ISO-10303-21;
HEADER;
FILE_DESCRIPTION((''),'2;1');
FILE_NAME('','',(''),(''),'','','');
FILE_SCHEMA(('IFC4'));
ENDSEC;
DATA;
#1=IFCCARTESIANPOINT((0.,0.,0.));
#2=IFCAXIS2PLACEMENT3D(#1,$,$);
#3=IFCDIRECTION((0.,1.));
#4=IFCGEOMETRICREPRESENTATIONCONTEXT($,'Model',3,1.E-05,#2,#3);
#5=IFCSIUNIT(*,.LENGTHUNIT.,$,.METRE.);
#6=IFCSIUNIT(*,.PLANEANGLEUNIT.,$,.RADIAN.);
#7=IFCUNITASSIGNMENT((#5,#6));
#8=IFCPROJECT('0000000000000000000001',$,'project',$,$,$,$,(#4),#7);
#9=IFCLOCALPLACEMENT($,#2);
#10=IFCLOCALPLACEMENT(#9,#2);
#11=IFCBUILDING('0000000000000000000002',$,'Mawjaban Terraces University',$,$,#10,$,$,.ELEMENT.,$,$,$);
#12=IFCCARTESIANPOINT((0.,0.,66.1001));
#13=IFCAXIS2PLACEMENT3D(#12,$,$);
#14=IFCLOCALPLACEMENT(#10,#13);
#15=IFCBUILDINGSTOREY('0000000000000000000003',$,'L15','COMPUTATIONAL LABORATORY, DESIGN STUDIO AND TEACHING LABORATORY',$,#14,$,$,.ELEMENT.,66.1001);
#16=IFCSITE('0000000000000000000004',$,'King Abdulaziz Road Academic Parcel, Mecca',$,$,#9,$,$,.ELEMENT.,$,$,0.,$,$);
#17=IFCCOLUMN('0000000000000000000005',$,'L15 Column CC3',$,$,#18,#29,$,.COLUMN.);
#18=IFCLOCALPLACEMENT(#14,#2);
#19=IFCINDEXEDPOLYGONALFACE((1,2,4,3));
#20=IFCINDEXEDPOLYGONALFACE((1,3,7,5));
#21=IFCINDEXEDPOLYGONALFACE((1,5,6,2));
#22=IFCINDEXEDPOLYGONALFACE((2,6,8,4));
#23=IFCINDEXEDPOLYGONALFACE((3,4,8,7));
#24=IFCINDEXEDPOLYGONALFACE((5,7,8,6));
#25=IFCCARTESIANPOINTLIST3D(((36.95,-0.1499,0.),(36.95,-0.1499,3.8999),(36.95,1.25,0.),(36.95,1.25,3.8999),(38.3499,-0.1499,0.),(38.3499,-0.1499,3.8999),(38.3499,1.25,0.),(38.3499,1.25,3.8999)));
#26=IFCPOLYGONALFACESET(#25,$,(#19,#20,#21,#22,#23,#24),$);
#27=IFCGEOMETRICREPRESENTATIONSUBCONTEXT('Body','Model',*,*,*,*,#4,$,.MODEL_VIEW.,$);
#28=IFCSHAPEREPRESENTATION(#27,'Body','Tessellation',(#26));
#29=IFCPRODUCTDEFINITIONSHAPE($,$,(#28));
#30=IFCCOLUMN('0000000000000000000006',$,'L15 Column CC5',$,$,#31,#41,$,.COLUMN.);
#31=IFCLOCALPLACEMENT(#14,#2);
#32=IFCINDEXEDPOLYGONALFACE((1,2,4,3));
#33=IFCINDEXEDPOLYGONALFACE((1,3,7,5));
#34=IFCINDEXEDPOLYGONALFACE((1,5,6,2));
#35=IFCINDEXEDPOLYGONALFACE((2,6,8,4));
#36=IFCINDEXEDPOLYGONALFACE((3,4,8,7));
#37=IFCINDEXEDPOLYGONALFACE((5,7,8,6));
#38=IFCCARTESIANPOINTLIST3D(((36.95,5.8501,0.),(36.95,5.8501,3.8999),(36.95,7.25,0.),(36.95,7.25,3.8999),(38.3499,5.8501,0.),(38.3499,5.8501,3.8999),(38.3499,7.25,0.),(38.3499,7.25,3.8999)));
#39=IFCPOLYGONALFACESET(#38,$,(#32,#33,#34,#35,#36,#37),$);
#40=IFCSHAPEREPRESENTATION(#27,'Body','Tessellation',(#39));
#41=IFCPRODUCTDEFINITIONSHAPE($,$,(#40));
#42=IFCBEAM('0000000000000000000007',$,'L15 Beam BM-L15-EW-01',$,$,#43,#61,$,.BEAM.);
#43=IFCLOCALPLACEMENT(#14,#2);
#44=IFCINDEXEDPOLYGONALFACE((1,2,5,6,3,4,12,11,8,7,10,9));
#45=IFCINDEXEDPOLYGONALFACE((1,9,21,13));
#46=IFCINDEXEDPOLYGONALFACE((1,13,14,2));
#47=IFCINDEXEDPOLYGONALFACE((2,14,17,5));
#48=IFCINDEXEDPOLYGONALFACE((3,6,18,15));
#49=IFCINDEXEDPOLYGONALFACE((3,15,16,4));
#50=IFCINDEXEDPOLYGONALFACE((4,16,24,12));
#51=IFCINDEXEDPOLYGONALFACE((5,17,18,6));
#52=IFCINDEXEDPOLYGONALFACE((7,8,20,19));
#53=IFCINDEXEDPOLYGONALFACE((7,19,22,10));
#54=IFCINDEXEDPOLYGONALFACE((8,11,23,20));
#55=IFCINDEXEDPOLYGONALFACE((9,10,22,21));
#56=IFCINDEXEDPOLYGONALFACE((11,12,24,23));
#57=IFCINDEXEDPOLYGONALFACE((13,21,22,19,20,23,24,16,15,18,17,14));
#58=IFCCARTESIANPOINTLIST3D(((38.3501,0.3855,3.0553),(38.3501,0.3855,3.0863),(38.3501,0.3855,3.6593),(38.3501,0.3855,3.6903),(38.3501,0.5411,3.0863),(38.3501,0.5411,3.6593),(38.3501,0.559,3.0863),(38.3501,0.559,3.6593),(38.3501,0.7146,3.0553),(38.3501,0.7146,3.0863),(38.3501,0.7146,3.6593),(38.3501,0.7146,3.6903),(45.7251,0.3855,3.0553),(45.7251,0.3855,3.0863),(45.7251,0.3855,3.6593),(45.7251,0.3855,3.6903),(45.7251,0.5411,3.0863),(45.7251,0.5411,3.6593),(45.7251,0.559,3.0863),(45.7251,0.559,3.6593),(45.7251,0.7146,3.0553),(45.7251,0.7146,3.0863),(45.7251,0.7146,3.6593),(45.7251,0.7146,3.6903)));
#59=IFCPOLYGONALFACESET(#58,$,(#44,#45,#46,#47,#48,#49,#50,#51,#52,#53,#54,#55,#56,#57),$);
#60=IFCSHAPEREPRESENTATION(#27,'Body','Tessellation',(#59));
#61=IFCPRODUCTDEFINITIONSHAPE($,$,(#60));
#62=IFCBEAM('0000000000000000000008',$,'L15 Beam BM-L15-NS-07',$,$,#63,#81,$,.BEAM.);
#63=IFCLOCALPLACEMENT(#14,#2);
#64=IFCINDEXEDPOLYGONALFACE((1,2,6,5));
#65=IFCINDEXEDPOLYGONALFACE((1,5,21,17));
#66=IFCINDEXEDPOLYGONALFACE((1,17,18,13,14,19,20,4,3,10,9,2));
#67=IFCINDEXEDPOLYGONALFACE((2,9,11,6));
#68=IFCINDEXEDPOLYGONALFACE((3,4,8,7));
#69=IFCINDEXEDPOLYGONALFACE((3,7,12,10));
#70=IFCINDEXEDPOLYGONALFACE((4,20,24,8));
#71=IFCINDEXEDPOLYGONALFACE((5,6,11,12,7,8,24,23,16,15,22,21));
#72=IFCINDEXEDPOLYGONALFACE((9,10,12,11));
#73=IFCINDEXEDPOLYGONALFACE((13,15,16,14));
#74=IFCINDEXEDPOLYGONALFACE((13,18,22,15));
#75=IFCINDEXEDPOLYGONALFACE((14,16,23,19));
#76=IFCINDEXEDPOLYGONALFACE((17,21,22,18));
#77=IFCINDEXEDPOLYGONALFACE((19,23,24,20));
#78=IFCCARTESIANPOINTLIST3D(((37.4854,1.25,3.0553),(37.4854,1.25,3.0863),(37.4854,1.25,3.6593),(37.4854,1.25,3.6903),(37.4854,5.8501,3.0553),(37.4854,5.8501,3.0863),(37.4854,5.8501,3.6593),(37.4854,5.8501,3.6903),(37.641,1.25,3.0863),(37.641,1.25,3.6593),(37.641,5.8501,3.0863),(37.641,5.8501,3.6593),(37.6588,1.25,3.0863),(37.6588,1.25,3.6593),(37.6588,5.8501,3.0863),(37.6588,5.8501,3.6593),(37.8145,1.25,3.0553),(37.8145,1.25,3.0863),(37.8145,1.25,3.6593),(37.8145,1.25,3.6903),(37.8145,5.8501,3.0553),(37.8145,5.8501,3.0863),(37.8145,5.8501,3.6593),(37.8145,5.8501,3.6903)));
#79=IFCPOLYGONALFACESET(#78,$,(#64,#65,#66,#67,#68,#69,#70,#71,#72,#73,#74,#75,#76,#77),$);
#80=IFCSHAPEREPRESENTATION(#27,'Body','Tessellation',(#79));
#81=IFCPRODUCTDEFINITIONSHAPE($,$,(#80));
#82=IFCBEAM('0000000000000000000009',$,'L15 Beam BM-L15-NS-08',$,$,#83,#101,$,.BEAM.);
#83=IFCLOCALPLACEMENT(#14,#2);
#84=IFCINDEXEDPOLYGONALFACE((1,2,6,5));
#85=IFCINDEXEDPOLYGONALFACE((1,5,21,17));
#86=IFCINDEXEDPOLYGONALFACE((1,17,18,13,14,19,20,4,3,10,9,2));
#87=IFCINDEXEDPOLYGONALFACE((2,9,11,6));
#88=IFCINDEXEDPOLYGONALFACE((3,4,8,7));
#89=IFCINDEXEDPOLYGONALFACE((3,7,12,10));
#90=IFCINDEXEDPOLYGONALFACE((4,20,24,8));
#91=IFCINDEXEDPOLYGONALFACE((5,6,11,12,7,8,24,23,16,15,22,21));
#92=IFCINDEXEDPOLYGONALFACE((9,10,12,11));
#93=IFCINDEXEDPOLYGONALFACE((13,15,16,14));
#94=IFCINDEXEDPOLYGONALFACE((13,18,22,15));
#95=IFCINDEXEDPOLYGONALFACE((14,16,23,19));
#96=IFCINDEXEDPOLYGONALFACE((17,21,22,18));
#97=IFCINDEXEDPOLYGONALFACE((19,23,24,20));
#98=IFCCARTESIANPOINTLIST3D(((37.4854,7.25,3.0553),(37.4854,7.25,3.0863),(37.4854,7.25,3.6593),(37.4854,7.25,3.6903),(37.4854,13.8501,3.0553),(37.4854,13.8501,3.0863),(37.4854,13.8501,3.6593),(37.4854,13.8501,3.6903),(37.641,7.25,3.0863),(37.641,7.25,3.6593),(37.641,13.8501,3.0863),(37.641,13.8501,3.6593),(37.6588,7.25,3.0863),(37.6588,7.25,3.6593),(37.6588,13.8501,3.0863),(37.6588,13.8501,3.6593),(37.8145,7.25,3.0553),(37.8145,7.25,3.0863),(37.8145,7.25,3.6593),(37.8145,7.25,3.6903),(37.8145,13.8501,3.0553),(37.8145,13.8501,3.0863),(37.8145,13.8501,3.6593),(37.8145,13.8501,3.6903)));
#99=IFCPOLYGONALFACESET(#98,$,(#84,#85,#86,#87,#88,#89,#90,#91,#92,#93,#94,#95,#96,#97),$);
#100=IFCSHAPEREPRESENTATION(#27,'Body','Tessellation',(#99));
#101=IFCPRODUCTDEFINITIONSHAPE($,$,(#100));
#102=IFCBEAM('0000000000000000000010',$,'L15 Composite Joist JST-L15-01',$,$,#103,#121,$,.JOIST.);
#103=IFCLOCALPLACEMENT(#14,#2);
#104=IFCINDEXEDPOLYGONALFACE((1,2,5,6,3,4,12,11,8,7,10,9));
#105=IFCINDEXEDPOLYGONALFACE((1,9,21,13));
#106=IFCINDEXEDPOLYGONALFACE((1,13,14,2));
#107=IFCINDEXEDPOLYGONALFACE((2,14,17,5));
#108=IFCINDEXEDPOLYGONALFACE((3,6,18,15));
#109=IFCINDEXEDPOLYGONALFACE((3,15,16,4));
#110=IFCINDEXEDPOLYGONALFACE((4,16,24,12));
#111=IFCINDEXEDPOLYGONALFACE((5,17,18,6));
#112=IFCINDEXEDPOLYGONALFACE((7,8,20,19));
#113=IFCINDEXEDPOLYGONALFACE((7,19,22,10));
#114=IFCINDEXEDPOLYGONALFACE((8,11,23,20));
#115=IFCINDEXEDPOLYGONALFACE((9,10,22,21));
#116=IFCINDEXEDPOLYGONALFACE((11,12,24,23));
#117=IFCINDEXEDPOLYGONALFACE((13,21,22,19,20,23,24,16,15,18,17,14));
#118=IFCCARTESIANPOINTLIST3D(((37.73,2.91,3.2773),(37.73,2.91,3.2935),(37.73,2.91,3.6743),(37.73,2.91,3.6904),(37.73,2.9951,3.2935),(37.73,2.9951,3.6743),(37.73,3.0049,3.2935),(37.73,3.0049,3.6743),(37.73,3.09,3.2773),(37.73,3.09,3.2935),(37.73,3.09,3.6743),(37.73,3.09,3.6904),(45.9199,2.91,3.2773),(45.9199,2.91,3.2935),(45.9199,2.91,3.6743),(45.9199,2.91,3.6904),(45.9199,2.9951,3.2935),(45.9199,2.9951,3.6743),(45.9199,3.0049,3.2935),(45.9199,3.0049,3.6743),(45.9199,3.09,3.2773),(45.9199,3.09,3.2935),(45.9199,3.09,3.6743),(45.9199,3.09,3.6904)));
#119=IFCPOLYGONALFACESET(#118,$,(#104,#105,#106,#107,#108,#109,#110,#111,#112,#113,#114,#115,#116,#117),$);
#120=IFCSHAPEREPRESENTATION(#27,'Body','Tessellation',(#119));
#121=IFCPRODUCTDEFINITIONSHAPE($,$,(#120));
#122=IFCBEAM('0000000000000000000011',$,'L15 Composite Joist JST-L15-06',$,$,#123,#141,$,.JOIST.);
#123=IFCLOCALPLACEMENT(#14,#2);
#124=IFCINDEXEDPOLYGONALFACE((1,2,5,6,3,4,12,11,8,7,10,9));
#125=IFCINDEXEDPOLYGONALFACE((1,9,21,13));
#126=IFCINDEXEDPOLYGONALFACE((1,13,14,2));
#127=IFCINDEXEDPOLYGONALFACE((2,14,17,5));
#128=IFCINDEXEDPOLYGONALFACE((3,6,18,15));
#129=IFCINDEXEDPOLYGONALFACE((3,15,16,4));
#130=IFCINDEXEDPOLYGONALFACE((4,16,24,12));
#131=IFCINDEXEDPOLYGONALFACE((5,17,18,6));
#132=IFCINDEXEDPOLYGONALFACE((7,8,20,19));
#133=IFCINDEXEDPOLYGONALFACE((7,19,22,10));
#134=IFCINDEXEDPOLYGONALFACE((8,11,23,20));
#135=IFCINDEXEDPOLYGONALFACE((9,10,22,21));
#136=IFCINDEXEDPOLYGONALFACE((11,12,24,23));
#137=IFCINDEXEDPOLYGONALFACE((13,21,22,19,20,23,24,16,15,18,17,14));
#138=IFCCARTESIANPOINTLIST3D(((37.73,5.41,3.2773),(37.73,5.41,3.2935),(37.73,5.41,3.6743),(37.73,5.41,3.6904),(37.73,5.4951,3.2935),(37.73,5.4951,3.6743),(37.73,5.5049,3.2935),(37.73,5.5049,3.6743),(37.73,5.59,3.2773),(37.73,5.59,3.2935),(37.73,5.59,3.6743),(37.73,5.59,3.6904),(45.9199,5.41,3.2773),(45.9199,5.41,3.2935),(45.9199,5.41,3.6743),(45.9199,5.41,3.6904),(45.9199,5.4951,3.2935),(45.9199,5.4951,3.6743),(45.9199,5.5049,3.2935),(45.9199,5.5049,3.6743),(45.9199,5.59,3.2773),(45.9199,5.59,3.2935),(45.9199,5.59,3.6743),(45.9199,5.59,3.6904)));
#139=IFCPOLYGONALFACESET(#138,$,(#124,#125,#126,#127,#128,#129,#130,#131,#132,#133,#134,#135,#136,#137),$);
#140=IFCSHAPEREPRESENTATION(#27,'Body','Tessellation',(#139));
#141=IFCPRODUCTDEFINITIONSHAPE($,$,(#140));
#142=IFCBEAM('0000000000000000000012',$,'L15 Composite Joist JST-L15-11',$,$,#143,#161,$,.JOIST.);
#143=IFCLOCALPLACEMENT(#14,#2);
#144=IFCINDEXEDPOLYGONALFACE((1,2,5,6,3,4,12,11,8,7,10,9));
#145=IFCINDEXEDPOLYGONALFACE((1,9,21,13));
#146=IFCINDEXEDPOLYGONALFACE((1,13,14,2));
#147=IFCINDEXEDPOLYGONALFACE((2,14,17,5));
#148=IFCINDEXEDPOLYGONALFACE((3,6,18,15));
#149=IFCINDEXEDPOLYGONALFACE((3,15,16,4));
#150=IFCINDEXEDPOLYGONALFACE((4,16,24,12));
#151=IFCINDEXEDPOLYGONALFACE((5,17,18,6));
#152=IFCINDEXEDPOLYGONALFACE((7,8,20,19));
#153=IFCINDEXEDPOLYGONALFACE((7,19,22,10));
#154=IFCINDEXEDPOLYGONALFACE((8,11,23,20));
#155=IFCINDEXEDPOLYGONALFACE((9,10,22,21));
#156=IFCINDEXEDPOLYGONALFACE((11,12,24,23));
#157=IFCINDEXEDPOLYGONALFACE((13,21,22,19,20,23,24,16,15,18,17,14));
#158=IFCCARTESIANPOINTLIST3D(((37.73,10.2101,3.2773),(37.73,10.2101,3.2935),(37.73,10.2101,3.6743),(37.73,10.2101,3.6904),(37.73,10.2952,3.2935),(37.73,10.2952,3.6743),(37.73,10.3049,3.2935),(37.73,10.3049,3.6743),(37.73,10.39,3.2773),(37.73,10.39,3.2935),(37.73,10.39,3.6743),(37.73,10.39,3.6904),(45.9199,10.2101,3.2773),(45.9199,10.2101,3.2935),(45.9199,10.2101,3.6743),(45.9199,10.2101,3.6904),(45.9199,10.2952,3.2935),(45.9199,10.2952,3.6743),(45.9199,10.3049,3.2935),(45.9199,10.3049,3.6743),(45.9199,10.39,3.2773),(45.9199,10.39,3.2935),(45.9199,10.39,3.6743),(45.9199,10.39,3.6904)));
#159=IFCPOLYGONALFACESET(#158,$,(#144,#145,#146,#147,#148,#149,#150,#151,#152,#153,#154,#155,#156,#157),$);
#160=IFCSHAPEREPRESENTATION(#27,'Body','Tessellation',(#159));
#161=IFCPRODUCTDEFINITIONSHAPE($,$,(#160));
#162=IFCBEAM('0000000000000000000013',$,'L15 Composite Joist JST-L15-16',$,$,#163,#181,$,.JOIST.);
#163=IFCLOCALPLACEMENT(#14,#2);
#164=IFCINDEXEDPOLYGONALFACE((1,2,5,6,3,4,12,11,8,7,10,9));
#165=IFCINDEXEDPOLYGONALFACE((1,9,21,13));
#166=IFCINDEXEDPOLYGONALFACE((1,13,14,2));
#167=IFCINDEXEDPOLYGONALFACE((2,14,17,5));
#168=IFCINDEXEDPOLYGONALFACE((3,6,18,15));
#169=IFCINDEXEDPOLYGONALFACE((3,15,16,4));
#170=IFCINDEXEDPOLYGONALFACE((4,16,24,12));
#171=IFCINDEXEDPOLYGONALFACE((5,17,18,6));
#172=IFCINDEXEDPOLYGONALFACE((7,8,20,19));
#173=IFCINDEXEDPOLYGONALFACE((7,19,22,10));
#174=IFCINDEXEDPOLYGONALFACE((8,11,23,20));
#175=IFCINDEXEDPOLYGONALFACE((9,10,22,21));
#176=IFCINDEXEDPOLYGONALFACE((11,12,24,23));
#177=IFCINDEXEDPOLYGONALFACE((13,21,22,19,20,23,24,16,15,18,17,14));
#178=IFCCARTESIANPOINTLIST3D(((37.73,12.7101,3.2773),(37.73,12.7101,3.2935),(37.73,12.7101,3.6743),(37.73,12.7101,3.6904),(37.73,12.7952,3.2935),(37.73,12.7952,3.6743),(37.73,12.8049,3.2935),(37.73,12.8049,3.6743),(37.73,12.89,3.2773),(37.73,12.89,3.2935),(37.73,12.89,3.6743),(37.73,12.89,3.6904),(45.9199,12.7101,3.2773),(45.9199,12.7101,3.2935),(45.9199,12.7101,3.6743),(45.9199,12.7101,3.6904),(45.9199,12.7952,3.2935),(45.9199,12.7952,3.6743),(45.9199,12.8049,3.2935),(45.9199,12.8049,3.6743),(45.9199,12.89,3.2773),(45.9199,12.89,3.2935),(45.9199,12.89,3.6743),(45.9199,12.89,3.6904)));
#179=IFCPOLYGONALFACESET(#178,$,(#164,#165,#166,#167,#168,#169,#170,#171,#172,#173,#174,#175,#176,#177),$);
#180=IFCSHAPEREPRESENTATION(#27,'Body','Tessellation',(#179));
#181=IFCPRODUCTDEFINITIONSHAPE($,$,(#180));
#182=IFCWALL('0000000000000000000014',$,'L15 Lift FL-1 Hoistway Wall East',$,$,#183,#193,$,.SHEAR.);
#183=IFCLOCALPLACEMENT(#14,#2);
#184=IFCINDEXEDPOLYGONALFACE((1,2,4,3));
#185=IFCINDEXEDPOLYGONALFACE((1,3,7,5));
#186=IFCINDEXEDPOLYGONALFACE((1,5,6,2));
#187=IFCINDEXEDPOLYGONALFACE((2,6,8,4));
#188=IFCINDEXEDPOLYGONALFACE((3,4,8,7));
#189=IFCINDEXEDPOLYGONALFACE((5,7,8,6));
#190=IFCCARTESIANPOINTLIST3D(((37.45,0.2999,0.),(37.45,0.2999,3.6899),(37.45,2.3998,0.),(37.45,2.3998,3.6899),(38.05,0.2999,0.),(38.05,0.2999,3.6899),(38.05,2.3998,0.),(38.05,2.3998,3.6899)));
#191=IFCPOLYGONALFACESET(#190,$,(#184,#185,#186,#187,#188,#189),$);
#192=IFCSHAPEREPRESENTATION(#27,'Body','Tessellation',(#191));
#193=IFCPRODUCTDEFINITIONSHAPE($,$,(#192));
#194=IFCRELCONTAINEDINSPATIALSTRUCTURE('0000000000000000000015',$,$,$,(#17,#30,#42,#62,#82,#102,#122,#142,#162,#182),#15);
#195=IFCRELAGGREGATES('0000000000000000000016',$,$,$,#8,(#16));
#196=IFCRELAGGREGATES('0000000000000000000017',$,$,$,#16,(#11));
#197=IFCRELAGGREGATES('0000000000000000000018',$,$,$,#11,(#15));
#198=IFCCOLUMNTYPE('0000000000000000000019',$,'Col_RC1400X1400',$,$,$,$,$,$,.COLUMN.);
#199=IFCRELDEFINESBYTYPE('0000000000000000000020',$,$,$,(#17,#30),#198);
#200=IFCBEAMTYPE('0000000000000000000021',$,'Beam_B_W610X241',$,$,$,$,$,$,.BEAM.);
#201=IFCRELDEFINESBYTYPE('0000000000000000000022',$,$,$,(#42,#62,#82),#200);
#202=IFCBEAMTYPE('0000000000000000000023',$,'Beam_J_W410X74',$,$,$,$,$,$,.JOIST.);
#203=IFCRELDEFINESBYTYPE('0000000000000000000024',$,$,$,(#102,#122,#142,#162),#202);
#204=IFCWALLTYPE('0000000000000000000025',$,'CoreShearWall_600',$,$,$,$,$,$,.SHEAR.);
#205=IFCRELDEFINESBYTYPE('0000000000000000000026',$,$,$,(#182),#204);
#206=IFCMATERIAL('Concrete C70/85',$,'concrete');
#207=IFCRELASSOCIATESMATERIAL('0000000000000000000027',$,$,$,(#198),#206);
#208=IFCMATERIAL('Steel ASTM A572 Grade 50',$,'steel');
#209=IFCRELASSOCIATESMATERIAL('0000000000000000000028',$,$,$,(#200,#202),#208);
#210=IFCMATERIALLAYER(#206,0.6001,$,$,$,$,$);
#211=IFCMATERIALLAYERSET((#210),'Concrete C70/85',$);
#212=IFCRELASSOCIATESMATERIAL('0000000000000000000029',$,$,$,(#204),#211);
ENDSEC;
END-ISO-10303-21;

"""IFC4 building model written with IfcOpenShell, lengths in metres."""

from ifc_helpers import new_model, si_unit, direction, frame, frame_2d, origin, origin_2d, place, context, subcontext, project, spatial, rectangle, i_section, extrude, material, layer, layer_set, material_profile, profile_set, type_object, element, save


model = new_model("IFC4")

# Units and contexts
model_context = context("Model", 3, precision=1e-05, world=origin(), true_north=direction((0.0, 1.0)))
body_context = subcontext(model_context, "Body", "Model", "MODEL_VIEW")
ifc_project = project(units=[si_unit("LENGTHUNIT", "METRE"), si_unit("PLANEANGLEUNIT", "RADIAN")], contexts=[model_context])

# Site, building, storey
site_placement = place(None, origin())
site = spatial("IfcSite", under=ifc_project, at=site_placement, Name="King Abdulaziz Road Academic Parcel, Mecca", CompositionType="ELEMENT", RefElevation=0.0)
building_placement = place(site_placement, origin())
building = spatial("IfcBuilding", under=site, at=building_placement, Name="Mawjaban Terraces University", CompositionType="ELEMENT")
storey_placement = place(building_placement, frame((0.0, 0.0, 66.1001)))
storey = spatial("IfcBuildingStorey", under=building, at=storey_placement, Name="L15", Description="COMPUTATIONAL LABORATORY, DESIGN STUDIO AND TEACHING LABORATORY", CompositionType="ELEMENT", Elevation=66.1001)

# Columns
ifc_material_1 = material(Name="Concrete C70/85", Category="concrete")
ifc_material_profile_1 = material_profile(ifc_material_1, rectangle(XDim=1.3999, YDim=1.3999, at=origin_2d()), Name="RC1400X1400")
ifc_profile_set_1 = profile_set([ifc_material_profile_1], Name="Concrete C70/85")
column_type = type_object("IfcColumnType", Name="Col_RC1400X1400", PredefinedType="COLUMN", material=ifc_profile_set_1)
for number, where, z_axis, x_axis, name in (
    (1, (37.6499, 0.55, 0.0), (0.0, 0.0, 1.0), (1.0, 0.0, 0.0), "L15 Column CC3"),
    (2, (37.6499, 6.55, 0.0), (0.0, 0.0, 1.0), (1.0, 0.0, 0.0), "L15 Column CC5"),
):
    element("IfcColumn", number, at=place(storey_placement, frame(where, z_axis=z_axis, x_axis=x_axis)), inside=storey, type_object=column_type, Name=name, PredefinedType="COLUMN", context=body_context, shape_type="SweptSolid", body=[
        extrude(rectangle(XDim=1.3999, YDim=1.3999, at=origin_2d()), origin(), (0.0, 0.0, 1.0), 3.8999),
    ])

# Beams
ifc_material_2 = material(Name="Steel ASTM A572 Grade 50", Category="steel")
ifc_material_profile_2 = material_profile(ifc_material_2, i_section(OverallWidth=0.3291, OverallDepth=0.635, WebThickness=0.0178, FlangeThickness=0.031, at=origin_2d()), Name="W610X241")
ifc_profile_set_2 = profile_set([ifc_material_profile_2], Name="Steel ASTM A572 Grade 50")
beam_type_1 = type_object("IfcBeamType", Name="Beam_B_W610X241", PredefinedType="BEAM", material=ifc_profile_set_2)
beam_1_placement = place(storey_placement, frame((38.3501, 0.55, 3.3728), z_axis=(1.0, 0.0, 0.0), x_axis=(0.0, 1.0, 0.0)))
element("IfcBeam", 3, at=beam_1_placement, inside=storey, type_object=beam_type_1, Name="L15 Beam BM-L15-EW-01", PredefinedType="BEAM", context=body_context, shape_type="SweptSolid", body=[
    extrude(i_section(OverallWidth=0.3291, OverallDepth=0.635, WebThickness=0.0178, FlangeThickness=0.031, at=origin_2d()), origin(), (0.0, 0.0, 1.0), 7.375),
])
beam_2_placement = place(storey_placement, frame((37.6499, 1.25, 3.3728), z_axis=(0.0, 1.0, 0.0), x_axis=(-1.0, 0.0, 0.0)))
element("IfcBeam", 4, at=beam_2_placement, inside=storey, type_object=beam_type_1, Name="L15 Beam BM-L15-NS-07", PredefinedType="BEAM", context=body_context, shape_type="SweptSolid", body=[
    extrude(i_section(OverallWidth=0.3291, OverallDepth=0.635, WebThickness=0.0178, FlangeThickness=0.031, at=origin_2d()), origin(), (0.0, 0.0, 1.0), 4.6001),
])
beam_3_placement = place(storey_placement, frame((37.6499, 7.25, 3.3728), z_axis=(0.0, 1.0, 0.0), x_axis=(-1.0, 0.0, 0.0)))
element("IfcBeam", 5, at=beam_3_placement, inside=storey, type_object=beam_type_1, Name="L15 Beam BM-L15-NS-08", PredefinedType="BEAM", context=body_context, shape_type="SweptSolid", body=[
    extrude(i_section(OverallWidth=0.3291, OverallDepth=0.635, WebThickness=0.0178, FlangeThickness=0.031, at=origin_2d()), origin(), (0.0, 0.0, 1.0), 6.6001),
])
ifc_material_profile_3 = material_profile(ifc_material_2, i_section(OverallWidth=0.1799, OverallDepth=0.4131, WebThickness=0.0098, FlangeThickness=0.0161, at=origin_2d()), Name="W410X74")
ifc_profile_set_3 = profile_set([ifc_material_profile_3], Name="Steel ASTM A572 Grade 50")
beam_type_2 = type_object("IfcBeamType", Name="Beam_J_W410X74", PredefinedType="JOIST", material=ifc_profile_set_3)
for number, where, z_axis, x_axis, name in (
    (6, (37.73, 3.0, 3.4839), (1.0, 0.0, 0.0), (0.0, 1.0, 0.0), "L15 Composite Joist JST-L15-01"),
    (7, (37.73, 5.5, 3.4839), (1.0, 0.0, 0.0), (0.0, 1.0, 0.0), "L15 Composite Joist JST-L15-06"),
    (8, (37.73, 10.3, 3.4839), (1.0, 0.0, 0.0), (0.0, 1.0, 0.0), "L15 Composite Joist JST-L15-11"),
    (9, (37.73, 12.8, 3.4839), (1.0, 0.0, 0.0), (0.0, 1.0, 0.0), "L15 Composite Joist JST-L15-16"),
):
    element("IfcBeam", number, at=place(storey_placement, frame(where, z_axis=z_axis, x_axis=x_axis)), inside=storey, type_object=beam_type_2, Name=name, PredefinedType="JOIST", context=body_context, shape_type="SweptSolid", body=[
        extrude(i_section(OverallWidth=0.1799, OverallDepth=0.4131, WebThickness=0.0098, FlangeThickness=0.0161, at=origin_2d()), origin(), (0.0, 0.0, 1.0), 8.1899),
    ])

# Wall
ifc_layer_1 = layer(ifc_material_1, 0.6001)
ifc_layer_set_1 = layer_set([ifc_layer_1], Name="Concrete C70/85")
wall_type_1 = type_object("IfcWallType", Name="CoreShearWall_600", PredefinedType="SHEAR", material=ifc_layer_set_1)
wall_1_placement = place(storey_placement, frame((37.75, 0.3, 0.0), z_axis=(0.0, 0.0, 1.0), x_axis=(0.0, 1.0, 0.0)))
element("IfcWall", 10, at=wall_1_placement, inside=storey, type_object=wall_type_1, Name="L15 Lift FL-1 Hoistway Wall East", PredefinedType="SHEAR", context=body_context, shape_type="SweptSolid", body=[
    extrude(rectangle(XDim=2.0999, YDim=0.6001, at=frame_2d((1.0498, 0.0))), origin(), (0.0, 0.0, 1.0), 3.6899),
])

save(model, "model.ifc")
